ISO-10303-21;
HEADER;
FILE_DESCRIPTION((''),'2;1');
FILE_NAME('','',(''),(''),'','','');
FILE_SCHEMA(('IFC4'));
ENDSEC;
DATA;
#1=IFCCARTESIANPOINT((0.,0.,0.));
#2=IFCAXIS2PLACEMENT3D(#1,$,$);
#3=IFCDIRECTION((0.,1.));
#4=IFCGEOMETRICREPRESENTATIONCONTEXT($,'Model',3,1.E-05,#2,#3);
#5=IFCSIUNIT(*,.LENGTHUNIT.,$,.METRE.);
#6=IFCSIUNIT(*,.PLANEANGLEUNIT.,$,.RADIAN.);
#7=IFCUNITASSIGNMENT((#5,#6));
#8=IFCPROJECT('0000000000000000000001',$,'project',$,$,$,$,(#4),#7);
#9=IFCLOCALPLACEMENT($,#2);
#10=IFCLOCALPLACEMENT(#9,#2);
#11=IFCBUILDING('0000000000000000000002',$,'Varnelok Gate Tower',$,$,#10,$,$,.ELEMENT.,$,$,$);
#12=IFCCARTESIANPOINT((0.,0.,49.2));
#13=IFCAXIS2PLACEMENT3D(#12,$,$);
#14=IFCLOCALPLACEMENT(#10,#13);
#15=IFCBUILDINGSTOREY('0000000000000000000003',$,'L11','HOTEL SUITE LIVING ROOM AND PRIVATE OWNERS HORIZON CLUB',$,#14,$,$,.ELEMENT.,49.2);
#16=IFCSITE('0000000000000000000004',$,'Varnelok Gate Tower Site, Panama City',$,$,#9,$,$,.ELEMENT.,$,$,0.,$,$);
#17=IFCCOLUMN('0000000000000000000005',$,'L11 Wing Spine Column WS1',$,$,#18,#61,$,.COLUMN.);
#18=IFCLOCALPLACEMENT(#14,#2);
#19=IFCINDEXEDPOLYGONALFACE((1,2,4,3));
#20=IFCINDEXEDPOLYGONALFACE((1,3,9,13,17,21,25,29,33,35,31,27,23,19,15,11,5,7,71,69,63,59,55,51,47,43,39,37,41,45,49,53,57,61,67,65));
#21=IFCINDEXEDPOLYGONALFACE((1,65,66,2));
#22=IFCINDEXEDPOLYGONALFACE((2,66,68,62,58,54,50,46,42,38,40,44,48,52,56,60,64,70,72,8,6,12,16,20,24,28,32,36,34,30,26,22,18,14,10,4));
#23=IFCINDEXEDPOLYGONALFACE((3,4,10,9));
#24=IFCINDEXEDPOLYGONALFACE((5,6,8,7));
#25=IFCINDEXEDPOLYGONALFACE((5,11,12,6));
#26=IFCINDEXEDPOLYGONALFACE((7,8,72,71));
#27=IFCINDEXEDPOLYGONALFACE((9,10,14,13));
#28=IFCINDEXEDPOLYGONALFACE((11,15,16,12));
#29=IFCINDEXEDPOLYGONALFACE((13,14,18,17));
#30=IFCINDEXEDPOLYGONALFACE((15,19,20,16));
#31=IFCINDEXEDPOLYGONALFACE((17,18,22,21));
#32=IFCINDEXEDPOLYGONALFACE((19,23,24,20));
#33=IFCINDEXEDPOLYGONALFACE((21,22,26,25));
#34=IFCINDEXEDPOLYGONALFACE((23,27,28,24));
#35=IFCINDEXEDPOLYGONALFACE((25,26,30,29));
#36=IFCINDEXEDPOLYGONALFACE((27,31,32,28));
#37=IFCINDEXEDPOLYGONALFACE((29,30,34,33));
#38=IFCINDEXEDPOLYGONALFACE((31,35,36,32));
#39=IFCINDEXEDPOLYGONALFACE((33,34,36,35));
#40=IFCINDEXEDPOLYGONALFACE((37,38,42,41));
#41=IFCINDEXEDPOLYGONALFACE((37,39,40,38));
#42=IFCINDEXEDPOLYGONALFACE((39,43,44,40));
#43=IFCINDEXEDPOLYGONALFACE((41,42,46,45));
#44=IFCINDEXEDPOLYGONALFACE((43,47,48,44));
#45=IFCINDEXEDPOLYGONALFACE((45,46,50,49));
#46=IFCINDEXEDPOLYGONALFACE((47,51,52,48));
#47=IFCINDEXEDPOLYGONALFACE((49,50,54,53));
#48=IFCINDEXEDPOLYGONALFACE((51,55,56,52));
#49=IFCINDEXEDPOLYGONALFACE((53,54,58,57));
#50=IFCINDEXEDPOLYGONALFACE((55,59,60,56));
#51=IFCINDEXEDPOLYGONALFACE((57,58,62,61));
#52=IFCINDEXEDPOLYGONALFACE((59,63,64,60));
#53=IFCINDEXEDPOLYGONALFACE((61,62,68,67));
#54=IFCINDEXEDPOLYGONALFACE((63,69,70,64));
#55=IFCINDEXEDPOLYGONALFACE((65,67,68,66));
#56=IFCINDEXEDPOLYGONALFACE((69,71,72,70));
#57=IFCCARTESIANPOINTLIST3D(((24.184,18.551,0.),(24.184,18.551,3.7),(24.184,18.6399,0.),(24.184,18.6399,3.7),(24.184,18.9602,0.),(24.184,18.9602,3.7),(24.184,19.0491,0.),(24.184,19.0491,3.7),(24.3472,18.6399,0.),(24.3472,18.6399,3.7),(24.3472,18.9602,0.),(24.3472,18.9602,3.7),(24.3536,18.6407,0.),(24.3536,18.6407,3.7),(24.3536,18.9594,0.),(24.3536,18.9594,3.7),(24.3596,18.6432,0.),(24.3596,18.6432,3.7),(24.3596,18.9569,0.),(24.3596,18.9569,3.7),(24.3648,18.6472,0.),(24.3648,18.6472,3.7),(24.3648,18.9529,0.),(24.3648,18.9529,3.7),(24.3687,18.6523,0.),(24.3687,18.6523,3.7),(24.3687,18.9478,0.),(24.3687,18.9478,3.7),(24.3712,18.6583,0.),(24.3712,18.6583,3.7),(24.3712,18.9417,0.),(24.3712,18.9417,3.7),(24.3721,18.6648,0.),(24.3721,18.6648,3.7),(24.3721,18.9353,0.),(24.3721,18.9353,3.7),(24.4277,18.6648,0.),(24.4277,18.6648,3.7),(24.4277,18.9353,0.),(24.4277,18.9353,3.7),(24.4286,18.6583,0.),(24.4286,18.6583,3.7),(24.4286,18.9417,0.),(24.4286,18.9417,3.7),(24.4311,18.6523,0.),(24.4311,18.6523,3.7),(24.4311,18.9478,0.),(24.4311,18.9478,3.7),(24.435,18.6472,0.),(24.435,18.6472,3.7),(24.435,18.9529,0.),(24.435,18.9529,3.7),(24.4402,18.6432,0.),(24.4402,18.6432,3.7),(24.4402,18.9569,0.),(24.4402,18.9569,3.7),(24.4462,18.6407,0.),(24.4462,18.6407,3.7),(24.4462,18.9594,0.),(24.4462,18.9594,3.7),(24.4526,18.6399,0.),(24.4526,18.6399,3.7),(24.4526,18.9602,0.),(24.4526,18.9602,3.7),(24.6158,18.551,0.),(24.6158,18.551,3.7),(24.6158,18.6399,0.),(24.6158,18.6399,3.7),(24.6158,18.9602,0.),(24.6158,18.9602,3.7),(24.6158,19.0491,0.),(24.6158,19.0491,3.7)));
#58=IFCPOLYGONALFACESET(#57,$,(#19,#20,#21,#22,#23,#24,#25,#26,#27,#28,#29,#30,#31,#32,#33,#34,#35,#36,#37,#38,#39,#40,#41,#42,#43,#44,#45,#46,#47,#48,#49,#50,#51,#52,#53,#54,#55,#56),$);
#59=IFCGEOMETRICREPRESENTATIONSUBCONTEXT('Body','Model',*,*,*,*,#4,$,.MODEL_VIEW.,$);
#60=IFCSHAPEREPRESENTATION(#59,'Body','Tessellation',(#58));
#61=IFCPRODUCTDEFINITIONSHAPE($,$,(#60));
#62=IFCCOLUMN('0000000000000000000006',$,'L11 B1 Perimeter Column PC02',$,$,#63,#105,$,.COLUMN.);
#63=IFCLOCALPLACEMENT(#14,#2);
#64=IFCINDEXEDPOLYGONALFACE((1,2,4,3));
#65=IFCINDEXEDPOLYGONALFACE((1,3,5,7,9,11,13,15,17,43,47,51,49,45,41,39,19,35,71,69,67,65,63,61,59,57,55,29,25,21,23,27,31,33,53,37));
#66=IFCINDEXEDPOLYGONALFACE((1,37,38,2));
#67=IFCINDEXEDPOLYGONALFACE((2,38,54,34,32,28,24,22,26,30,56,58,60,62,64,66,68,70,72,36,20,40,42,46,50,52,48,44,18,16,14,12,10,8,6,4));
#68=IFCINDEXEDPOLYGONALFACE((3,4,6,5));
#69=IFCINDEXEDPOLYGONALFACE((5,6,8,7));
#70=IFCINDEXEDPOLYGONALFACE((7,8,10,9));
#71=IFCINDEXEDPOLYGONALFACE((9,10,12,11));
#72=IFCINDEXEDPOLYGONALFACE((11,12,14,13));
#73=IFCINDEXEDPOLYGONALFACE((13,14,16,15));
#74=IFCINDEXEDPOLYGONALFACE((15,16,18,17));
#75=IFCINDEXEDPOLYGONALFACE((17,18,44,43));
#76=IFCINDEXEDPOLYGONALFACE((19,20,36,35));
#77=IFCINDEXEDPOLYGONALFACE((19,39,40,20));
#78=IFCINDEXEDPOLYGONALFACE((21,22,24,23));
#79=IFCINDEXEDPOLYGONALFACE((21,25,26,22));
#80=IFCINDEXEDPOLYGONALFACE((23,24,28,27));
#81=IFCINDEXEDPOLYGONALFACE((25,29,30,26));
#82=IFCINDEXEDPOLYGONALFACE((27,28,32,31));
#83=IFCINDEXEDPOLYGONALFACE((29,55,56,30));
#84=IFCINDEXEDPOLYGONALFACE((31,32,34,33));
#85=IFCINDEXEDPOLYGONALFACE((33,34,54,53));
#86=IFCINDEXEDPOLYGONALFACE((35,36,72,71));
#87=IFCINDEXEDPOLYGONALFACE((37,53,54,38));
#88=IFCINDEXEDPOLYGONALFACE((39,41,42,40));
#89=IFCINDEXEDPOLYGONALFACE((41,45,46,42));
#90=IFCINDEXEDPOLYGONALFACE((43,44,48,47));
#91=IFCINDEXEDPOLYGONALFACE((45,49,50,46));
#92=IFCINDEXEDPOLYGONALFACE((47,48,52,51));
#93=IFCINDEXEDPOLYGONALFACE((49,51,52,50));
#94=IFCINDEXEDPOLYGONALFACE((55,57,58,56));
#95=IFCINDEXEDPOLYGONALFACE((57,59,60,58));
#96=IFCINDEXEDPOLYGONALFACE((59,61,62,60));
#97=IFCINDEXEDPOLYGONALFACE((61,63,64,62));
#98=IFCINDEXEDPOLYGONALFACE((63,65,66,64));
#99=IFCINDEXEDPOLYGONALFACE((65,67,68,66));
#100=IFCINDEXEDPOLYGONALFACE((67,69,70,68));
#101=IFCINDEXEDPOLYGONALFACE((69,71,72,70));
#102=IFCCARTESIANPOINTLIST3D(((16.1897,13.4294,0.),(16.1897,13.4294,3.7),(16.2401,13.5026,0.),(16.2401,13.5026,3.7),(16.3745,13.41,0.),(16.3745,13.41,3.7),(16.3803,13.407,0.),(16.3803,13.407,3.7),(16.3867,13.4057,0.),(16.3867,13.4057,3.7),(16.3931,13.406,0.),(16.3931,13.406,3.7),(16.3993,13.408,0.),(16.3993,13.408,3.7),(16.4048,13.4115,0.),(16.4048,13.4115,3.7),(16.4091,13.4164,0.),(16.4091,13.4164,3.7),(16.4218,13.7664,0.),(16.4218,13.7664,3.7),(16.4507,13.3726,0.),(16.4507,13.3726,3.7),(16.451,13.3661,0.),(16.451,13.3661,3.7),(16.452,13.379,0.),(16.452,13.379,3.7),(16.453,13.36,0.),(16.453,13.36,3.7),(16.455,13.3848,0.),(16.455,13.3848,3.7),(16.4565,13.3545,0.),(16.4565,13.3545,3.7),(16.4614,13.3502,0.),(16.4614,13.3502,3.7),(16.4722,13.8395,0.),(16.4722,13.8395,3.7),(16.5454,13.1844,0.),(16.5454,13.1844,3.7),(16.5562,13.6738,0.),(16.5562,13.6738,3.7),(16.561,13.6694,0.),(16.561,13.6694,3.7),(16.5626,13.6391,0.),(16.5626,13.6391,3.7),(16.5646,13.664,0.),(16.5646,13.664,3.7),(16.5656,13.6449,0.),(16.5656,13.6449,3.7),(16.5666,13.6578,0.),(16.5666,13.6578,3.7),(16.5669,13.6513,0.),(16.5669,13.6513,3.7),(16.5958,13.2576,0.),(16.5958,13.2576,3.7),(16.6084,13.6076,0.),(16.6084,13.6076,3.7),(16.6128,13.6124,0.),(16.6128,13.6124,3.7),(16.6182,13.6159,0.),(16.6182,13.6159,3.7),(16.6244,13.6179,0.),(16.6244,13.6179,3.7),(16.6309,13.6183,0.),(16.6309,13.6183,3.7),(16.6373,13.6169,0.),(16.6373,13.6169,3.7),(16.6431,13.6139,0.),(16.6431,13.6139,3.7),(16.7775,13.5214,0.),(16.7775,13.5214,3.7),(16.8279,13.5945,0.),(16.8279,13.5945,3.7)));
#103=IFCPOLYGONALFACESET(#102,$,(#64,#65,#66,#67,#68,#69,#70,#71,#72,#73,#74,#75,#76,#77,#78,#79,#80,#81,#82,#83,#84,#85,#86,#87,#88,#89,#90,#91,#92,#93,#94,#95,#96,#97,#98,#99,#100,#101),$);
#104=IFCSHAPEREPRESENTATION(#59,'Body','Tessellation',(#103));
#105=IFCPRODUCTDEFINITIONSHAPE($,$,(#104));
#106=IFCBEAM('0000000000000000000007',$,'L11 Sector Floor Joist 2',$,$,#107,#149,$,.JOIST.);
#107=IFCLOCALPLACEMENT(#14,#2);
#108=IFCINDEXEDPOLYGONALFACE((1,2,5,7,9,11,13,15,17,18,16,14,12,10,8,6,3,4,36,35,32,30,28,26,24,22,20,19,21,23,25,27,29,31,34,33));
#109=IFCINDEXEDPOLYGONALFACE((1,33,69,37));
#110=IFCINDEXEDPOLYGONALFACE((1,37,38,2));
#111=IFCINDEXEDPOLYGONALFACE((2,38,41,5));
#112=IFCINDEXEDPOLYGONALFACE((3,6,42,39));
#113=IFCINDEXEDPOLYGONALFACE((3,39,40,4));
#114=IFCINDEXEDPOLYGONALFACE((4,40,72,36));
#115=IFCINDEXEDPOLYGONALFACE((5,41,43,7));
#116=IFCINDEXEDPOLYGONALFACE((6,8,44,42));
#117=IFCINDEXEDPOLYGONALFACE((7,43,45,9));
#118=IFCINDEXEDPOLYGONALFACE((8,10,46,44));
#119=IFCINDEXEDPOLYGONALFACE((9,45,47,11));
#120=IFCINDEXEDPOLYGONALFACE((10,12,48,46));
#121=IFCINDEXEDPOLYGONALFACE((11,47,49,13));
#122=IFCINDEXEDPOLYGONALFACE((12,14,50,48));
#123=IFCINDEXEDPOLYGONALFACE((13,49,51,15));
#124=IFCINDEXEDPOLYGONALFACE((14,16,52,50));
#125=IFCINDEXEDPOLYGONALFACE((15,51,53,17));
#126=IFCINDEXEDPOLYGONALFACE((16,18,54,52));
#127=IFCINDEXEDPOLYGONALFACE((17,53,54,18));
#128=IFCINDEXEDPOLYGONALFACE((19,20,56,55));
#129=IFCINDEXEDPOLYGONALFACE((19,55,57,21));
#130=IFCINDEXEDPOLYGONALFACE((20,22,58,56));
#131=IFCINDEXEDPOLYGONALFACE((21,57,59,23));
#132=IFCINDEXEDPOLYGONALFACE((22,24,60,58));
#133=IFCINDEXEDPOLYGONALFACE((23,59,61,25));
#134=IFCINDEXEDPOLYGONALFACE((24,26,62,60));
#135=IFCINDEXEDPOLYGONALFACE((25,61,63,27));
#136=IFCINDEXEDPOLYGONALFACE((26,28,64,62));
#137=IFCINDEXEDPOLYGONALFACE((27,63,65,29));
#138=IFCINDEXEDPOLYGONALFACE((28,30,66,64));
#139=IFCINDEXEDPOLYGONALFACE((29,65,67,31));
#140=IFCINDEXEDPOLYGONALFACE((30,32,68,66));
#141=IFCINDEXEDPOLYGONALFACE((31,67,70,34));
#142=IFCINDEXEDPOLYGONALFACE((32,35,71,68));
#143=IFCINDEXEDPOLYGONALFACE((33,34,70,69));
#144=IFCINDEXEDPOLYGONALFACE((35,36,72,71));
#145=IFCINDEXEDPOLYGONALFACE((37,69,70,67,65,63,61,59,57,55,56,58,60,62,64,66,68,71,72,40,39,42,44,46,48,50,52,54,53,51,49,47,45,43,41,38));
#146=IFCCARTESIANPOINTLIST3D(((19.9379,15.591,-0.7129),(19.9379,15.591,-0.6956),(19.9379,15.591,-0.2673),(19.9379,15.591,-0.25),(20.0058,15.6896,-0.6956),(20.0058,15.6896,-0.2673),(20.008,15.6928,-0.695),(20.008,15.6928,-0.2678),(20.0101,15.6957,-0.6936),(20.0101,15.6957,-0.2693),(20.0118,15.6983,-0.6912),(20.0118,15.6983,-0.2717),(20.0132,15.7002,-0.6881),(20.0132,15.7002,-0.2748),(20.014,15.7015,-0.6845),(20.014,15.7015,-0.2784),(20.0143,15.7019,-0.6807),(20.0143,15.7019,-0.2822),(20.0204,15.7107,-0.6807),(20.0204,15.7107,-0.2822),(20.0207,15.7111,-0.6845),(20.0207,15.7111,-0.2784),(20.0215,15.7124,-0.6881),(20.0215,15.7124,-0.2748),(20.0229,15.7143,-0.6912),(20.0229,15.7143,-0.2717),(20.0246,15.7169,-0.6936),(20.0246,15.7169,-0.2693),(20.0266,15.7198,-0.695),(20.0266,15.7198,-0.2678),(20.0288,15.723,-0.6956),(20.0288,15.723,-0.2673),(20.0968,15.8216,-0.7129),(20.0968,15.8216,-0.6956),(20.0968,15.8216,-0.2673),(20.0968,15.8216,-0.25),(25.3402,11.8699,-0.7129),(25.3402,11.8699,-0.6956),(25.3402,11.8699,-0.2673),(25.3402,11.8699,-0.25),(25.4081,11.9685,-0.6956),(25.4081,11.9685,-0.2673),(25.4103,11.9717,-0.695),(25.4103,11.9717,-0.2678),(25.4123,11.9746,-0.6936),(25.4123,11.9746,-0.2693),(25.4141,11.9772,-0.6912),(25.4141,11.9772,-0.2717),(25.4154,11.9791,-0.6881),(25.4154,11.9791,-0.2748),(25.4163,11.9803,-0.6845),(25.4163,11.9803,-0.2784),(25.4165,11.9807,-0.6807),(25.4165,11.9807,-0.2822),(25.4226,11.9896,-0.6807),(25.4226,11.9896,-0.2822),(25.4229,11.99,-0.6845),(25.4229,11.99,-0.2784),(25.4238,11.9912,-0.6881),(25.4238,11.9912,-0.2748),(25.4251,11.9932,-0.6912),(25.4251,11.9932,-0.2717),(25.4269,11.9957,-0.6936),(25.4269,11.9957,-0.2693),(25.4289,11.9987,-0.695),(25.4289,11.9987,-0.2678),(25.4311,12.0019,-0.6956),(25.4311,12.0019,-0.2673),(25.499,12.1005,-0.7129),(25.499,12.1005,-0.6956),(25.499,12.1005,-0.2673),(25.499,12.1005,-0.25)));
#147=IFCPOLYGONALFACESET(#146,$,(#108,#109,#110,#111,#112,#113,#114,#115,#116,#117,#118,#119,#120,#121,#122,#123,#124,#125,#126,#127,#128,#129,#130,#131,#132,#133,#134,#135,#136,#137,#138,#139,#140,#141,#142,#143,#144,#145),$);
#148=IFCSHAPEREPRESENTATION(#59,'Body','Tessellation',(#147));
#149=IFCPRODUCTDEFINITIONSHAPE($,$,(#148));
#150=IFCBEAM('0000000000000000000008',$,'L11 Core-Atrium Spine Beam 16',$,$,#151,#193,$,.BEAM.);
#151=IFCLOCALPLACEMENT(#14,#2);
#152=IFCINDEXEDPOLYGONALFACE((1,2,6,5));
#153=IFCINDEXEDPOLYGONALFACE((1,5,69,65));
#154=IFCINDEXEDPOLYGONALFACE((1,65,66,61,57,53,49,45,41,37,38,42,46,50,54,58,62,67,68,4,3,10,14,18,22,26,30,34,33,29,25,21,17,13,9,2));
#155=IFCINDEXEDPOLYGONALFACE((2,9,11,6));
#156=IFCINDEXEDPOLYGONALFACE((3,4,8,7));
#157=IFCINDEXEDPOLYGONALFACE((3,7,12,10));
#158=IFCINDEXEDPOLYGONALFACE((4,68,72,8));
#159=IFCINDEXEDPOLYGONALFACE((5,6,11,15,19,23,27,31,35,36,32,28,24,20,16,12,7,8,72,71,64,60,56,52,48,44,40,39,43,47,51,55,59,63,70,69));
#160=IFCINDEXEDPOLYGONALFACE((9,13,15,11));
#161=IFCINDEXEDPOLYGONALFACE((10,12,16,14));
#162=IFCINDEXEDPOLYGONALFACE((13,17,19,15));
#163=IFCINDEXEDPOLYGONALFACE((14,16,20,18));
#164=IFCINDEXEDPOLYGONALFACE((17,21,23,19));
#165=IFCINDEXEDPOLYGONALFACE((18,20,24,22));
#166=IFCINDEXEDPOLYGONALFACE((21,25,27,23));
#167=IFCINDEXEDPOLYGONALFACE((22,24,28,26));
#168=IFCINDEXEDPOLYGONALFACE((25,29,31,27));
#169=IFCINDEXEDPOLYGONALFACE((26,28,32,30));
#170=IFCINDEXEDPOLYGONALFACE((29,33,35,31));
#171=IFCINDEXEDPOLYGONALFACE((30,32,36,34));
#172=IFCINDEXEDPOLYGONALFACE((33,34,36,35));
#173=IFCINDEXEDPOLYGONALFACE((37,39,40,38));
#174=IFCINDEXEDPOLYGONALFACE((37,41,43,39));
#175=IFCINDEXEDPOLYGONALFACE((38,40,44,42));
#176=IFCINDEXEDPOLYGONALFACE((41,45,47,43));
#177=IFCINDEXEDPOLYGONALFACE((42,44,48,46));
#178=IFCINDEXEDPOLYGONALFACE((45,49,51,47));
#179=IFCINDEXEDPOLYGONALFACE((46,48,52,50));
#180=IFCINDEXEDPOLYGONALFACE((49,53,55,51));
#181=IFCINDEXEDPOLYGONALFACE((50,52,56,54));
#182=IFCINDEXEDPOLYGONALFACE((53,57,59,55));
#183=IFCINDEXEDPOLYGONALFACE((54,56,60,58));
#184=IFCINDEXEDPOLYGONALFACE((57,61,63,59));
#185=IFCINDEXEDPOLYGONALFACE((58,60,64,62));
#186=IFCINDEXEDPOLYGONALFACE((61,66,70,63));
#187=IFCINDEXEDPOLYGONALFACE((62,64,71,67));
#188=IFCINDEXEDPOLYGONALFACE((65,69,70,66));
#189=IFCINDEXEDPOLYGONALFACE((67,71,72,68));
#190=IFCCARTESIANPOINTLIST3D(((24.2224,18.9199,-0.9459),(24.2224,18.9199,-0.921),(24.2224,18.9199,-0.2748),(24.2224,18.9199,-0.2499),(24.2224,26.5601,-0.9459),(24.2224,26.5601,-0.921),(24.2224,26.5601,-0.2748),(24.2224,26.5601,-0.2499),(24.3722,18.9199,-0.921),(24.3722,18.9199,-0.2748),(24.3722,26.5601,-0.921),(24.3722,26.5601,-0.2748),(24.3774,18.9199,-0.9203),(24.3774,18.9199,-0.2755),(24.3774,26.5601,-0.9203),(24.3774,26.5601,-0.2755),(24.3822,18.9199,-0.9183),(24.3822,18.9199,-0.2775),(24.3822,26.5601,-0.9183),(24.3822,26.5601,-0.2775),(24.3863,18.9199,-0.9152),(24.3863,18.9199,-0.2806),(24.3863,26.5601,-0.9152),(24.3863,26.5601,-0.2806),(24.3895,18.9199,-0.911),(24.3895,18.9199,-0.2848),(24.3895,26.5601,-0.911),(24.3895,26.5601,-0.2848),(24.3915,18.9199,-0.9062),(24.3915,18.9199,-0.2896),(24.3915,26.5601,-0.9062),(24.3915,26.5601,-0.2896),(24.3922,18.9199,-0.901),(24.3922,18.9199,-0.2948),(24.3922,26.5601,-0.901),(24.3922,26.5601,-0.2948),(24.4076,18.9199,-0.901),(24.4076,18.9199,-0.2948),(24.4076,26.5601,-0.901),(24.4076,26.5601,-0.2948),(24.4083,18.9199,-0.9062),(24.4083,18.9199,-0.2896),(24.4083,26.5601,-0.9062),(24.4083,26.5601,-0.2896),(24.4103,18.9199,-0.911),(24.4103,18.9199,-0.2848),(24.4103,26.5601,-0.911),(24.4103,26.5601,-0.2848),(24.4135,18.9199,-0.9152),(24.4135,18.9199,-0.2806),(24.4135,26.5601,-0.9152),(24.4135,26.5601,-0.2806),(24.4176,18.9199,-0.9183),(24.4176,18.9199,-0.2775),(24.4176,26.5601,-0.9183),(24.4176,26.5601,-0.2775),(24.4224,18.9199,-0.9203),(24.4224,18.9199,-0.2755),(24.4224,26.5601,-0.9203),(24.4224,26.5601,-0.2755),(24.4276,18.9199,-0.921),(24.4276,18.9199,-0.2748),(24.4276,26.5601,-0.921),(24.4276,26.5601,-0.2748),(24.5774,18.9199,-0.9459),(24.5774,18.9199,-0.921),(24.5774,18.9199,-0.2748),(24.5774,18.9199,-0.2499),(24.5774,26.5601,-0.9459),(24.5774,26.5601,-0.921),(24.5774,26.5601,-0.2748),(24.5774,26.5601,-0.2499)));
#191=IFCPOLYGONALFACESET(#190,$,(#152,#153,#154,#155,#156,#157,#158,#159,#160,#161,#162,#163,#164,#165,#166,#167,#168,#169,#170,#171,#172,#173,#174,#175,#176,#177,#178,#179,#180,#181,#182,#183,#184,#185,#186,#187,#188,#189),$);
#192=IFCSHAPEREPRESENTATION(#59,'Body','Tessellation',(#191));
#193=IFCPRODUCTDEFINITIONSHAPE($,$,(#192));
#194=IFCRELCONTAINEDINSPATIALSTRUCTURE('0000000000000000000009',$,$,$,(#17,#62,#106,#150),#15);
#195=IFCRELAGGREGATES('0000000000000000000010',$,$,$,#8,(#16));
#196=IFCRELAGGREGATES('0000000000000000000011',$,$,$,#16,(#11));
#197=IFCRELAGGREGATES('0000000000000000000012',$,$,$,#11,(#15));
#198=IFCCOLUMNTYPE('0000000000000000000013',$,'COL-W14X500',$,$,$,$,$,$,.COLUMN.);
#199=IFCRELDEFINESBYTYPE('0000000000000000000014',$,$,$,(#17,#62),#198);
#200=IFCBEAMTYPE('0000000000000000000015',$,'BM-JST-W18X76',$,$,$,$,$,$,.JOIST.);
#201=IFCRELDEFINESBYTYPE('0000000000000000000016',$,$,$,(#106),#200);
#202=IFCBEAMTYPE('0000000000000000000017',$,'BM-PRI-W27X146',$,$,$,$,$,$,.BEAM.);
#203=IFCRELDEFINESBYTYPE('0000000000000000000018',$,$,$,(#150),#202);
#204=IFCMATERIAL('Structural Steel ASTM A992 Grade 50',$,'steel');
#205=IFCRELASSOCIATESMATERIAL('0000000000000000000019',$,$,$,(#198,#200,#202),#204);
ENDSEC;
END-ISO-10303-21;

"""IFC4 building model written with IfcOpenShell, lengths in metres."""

from ifc_helpers import new_model, si_unit, direction, frame, origin, origin_2d, place, context, subcontext, project, spatial, i_section, extrude, material, material_profile, profile_set, type_object, element, save


model = new_model("IFC4")

# Units and contexts
model_context = context("Model", 3, precision=1e-05, world=origin(), true_north=direction((0.0, 1.0)))
body_context = subcontext(model_context, "Body", "Model", "MODEL_VIEW")
ifc_project = project(units=[si_unit("LENGTHUNIT", "METRE"), si_unit("PLANEANGLEUNIT", "RADIAN")], contexts=[model_context])

# Site, building, storey
site_placement = place(None, origin())
site = spatial("IfcSite", under=ifc_project, at=site_placement, Name="Varnelok Gate Tower Site, Panama City", CompositionType="ELEMENT", RefElevation=0.0)
building_placement = place(site_placement, origin())
building = spatial("IfcBuilding", under=site, at=building_placement, Name="Varnelok Gate Tower", CompositionType="ELEMENT")
storey_placement = place(building_placement, frame((0.0, 0.0, 49.2)))
storey = spatial("IfcBuildingStorey", under=building, at=storey_placement, Name="L11", Description="HOTEL SUITE LIVING ROOM AND PRIVATE OWNERS HORIZON CLUB", CompositionType="ELEMENT", Elevation=49.2)

# Columns
ifc_material_1 = material(Name="Structural Steel ASTM A992 Grade 50", Category="steel")
ifc_material_profile_1 = material_profile(ifc_material_1, i_section(OverallWidth=0.4319, OverallDepth=0.498, WebThickness=0.0557, FlangeThickness=0.0889, FilletRadius=0.0249, at=origin_2d()), Name="W14X500")
ifc_profile_set_1 = profile_set([ifc_material_profile_1], Name="Structural Steel ASTM A992 Grade 50")
column_type = type_object("IfcColumnType", Name="COL-W14X500", PredefinedType="COLUMN", material=ifc_profile_set_1)
for number, where, z_axis, x_axis, name in (
    (1, (24.3999, 18.8, 0.0), (0.0, 0.0, 1.0), (1.0, 0.0, 0.0), "L11 Wing Spine Column WS1"),
    (2, (16.5088, 13.512, 0.0), (0.0, 0.0, 1.0), (0.823533, -0.567269, 0.0), "L11 B1 Perimeter Column PC02"),
):
    element("IfcColumn", number, at=place(storey_placement, frame(where, z_axis=z_axis, x_axis=x_axis)), inside=storey, type_object=column_type, Name=name, PredefinedType="COLUMN", context=body_context, shape_type="SweptSolid", body=[
        extrude(i_section(OverallWidth=0.4319, OverallDepth=0.498, WebThickness=0.0557, FlangeThickness=0.0889, FilletRadius=0.0249, at=origin_2d()), origin(), (0.0, 0.0, 1.0), 3.7),
    ])

# Beams
ifc_material_profile_2 = material_profile(ifc_material_1, i_section(OverallWidth=0.28, OverallDepth=0.4629, WebThickness=0.0107, FlangeThickness=0.0173, FilletRadius=0.0149, at=origin_2d()), Name="W18X76")
ifc_profile_set_2 = profile_set([ifc_material_profile_2], Name="Structural Steel ASTM A992 Grade 50")
beam_type_1 = type_object("IfcBeamType", Name="BM-JST-W18X76", PredefinedType="JOIST", material=ifc_profile_set_2)
beam_1_placement = place(storey_placement, frame((20.0173, 15.7063, -0.4814), z_axis=(0.823538, -0.567261, 0.0), x_axis=(0.567261, 0.823538, 0.0)))
element("IfcBeam", 3, at=beam_1_placement, inside=storey, type_object=beam_type_1, Name="L11 Sector Floor Joist 2", PredefinedType="JOIST", context=body_context, shape_type="SweptSolid", body=[
    extrude(i_section(OverallWidth=0.28, OverallDepth=0.4629, WebThickness=0.0107, FlangeThickness=0.0173, FilletRadius=0.0149, at=origin_2d()), origin(), (0.0, 0.0, 1.0), 6.5598),
])
ifc_material_profile_3 = material_profile(ifc_material_1, i_section(OverallWidth=0.355, OverallDepth=0.696, WebThickness=0.0154, FlangeThickness=0.0249, FilletRadius=0.02, at=origin_2d()), Name="W27X146")
ifc_profile_set_3 = profile_set([ifc_material_profile_3], Name="Structural Steel ASTM A992 Grade 50")
beam_type_2 = type_object("IfcBeamType", Name="BM-PRI-W27X146", PredefinedType="BEAM", material=ifc_profile_set_3)
beam_2_placement = place(storey_placement, frame((24.3999, 18.9199, -0.5979), z_axis=(0.0, 1.0, 0.0), x_axis=(-1.0, 0.0, 0.0)))
element("IfcBeam", 4, at=beam_2_placement, inside=storey, type_object=beam_type_2, Name="L11 Core-Atrium Spine Beam 16", PredefinedType="BEAM", context=body_context, shape_type="SweptSolid", body=[
    extrude(i_section(OverallWidth=0.355, OverallDepth=0.696, WebThickness=0.0154, FlangeThickness=0.0249, FilletRadius=0.02, at=origin_2d()), origin(), (0.0, 0.0, 1.0), 7.6401),
])

save(model, "model.ifc")
